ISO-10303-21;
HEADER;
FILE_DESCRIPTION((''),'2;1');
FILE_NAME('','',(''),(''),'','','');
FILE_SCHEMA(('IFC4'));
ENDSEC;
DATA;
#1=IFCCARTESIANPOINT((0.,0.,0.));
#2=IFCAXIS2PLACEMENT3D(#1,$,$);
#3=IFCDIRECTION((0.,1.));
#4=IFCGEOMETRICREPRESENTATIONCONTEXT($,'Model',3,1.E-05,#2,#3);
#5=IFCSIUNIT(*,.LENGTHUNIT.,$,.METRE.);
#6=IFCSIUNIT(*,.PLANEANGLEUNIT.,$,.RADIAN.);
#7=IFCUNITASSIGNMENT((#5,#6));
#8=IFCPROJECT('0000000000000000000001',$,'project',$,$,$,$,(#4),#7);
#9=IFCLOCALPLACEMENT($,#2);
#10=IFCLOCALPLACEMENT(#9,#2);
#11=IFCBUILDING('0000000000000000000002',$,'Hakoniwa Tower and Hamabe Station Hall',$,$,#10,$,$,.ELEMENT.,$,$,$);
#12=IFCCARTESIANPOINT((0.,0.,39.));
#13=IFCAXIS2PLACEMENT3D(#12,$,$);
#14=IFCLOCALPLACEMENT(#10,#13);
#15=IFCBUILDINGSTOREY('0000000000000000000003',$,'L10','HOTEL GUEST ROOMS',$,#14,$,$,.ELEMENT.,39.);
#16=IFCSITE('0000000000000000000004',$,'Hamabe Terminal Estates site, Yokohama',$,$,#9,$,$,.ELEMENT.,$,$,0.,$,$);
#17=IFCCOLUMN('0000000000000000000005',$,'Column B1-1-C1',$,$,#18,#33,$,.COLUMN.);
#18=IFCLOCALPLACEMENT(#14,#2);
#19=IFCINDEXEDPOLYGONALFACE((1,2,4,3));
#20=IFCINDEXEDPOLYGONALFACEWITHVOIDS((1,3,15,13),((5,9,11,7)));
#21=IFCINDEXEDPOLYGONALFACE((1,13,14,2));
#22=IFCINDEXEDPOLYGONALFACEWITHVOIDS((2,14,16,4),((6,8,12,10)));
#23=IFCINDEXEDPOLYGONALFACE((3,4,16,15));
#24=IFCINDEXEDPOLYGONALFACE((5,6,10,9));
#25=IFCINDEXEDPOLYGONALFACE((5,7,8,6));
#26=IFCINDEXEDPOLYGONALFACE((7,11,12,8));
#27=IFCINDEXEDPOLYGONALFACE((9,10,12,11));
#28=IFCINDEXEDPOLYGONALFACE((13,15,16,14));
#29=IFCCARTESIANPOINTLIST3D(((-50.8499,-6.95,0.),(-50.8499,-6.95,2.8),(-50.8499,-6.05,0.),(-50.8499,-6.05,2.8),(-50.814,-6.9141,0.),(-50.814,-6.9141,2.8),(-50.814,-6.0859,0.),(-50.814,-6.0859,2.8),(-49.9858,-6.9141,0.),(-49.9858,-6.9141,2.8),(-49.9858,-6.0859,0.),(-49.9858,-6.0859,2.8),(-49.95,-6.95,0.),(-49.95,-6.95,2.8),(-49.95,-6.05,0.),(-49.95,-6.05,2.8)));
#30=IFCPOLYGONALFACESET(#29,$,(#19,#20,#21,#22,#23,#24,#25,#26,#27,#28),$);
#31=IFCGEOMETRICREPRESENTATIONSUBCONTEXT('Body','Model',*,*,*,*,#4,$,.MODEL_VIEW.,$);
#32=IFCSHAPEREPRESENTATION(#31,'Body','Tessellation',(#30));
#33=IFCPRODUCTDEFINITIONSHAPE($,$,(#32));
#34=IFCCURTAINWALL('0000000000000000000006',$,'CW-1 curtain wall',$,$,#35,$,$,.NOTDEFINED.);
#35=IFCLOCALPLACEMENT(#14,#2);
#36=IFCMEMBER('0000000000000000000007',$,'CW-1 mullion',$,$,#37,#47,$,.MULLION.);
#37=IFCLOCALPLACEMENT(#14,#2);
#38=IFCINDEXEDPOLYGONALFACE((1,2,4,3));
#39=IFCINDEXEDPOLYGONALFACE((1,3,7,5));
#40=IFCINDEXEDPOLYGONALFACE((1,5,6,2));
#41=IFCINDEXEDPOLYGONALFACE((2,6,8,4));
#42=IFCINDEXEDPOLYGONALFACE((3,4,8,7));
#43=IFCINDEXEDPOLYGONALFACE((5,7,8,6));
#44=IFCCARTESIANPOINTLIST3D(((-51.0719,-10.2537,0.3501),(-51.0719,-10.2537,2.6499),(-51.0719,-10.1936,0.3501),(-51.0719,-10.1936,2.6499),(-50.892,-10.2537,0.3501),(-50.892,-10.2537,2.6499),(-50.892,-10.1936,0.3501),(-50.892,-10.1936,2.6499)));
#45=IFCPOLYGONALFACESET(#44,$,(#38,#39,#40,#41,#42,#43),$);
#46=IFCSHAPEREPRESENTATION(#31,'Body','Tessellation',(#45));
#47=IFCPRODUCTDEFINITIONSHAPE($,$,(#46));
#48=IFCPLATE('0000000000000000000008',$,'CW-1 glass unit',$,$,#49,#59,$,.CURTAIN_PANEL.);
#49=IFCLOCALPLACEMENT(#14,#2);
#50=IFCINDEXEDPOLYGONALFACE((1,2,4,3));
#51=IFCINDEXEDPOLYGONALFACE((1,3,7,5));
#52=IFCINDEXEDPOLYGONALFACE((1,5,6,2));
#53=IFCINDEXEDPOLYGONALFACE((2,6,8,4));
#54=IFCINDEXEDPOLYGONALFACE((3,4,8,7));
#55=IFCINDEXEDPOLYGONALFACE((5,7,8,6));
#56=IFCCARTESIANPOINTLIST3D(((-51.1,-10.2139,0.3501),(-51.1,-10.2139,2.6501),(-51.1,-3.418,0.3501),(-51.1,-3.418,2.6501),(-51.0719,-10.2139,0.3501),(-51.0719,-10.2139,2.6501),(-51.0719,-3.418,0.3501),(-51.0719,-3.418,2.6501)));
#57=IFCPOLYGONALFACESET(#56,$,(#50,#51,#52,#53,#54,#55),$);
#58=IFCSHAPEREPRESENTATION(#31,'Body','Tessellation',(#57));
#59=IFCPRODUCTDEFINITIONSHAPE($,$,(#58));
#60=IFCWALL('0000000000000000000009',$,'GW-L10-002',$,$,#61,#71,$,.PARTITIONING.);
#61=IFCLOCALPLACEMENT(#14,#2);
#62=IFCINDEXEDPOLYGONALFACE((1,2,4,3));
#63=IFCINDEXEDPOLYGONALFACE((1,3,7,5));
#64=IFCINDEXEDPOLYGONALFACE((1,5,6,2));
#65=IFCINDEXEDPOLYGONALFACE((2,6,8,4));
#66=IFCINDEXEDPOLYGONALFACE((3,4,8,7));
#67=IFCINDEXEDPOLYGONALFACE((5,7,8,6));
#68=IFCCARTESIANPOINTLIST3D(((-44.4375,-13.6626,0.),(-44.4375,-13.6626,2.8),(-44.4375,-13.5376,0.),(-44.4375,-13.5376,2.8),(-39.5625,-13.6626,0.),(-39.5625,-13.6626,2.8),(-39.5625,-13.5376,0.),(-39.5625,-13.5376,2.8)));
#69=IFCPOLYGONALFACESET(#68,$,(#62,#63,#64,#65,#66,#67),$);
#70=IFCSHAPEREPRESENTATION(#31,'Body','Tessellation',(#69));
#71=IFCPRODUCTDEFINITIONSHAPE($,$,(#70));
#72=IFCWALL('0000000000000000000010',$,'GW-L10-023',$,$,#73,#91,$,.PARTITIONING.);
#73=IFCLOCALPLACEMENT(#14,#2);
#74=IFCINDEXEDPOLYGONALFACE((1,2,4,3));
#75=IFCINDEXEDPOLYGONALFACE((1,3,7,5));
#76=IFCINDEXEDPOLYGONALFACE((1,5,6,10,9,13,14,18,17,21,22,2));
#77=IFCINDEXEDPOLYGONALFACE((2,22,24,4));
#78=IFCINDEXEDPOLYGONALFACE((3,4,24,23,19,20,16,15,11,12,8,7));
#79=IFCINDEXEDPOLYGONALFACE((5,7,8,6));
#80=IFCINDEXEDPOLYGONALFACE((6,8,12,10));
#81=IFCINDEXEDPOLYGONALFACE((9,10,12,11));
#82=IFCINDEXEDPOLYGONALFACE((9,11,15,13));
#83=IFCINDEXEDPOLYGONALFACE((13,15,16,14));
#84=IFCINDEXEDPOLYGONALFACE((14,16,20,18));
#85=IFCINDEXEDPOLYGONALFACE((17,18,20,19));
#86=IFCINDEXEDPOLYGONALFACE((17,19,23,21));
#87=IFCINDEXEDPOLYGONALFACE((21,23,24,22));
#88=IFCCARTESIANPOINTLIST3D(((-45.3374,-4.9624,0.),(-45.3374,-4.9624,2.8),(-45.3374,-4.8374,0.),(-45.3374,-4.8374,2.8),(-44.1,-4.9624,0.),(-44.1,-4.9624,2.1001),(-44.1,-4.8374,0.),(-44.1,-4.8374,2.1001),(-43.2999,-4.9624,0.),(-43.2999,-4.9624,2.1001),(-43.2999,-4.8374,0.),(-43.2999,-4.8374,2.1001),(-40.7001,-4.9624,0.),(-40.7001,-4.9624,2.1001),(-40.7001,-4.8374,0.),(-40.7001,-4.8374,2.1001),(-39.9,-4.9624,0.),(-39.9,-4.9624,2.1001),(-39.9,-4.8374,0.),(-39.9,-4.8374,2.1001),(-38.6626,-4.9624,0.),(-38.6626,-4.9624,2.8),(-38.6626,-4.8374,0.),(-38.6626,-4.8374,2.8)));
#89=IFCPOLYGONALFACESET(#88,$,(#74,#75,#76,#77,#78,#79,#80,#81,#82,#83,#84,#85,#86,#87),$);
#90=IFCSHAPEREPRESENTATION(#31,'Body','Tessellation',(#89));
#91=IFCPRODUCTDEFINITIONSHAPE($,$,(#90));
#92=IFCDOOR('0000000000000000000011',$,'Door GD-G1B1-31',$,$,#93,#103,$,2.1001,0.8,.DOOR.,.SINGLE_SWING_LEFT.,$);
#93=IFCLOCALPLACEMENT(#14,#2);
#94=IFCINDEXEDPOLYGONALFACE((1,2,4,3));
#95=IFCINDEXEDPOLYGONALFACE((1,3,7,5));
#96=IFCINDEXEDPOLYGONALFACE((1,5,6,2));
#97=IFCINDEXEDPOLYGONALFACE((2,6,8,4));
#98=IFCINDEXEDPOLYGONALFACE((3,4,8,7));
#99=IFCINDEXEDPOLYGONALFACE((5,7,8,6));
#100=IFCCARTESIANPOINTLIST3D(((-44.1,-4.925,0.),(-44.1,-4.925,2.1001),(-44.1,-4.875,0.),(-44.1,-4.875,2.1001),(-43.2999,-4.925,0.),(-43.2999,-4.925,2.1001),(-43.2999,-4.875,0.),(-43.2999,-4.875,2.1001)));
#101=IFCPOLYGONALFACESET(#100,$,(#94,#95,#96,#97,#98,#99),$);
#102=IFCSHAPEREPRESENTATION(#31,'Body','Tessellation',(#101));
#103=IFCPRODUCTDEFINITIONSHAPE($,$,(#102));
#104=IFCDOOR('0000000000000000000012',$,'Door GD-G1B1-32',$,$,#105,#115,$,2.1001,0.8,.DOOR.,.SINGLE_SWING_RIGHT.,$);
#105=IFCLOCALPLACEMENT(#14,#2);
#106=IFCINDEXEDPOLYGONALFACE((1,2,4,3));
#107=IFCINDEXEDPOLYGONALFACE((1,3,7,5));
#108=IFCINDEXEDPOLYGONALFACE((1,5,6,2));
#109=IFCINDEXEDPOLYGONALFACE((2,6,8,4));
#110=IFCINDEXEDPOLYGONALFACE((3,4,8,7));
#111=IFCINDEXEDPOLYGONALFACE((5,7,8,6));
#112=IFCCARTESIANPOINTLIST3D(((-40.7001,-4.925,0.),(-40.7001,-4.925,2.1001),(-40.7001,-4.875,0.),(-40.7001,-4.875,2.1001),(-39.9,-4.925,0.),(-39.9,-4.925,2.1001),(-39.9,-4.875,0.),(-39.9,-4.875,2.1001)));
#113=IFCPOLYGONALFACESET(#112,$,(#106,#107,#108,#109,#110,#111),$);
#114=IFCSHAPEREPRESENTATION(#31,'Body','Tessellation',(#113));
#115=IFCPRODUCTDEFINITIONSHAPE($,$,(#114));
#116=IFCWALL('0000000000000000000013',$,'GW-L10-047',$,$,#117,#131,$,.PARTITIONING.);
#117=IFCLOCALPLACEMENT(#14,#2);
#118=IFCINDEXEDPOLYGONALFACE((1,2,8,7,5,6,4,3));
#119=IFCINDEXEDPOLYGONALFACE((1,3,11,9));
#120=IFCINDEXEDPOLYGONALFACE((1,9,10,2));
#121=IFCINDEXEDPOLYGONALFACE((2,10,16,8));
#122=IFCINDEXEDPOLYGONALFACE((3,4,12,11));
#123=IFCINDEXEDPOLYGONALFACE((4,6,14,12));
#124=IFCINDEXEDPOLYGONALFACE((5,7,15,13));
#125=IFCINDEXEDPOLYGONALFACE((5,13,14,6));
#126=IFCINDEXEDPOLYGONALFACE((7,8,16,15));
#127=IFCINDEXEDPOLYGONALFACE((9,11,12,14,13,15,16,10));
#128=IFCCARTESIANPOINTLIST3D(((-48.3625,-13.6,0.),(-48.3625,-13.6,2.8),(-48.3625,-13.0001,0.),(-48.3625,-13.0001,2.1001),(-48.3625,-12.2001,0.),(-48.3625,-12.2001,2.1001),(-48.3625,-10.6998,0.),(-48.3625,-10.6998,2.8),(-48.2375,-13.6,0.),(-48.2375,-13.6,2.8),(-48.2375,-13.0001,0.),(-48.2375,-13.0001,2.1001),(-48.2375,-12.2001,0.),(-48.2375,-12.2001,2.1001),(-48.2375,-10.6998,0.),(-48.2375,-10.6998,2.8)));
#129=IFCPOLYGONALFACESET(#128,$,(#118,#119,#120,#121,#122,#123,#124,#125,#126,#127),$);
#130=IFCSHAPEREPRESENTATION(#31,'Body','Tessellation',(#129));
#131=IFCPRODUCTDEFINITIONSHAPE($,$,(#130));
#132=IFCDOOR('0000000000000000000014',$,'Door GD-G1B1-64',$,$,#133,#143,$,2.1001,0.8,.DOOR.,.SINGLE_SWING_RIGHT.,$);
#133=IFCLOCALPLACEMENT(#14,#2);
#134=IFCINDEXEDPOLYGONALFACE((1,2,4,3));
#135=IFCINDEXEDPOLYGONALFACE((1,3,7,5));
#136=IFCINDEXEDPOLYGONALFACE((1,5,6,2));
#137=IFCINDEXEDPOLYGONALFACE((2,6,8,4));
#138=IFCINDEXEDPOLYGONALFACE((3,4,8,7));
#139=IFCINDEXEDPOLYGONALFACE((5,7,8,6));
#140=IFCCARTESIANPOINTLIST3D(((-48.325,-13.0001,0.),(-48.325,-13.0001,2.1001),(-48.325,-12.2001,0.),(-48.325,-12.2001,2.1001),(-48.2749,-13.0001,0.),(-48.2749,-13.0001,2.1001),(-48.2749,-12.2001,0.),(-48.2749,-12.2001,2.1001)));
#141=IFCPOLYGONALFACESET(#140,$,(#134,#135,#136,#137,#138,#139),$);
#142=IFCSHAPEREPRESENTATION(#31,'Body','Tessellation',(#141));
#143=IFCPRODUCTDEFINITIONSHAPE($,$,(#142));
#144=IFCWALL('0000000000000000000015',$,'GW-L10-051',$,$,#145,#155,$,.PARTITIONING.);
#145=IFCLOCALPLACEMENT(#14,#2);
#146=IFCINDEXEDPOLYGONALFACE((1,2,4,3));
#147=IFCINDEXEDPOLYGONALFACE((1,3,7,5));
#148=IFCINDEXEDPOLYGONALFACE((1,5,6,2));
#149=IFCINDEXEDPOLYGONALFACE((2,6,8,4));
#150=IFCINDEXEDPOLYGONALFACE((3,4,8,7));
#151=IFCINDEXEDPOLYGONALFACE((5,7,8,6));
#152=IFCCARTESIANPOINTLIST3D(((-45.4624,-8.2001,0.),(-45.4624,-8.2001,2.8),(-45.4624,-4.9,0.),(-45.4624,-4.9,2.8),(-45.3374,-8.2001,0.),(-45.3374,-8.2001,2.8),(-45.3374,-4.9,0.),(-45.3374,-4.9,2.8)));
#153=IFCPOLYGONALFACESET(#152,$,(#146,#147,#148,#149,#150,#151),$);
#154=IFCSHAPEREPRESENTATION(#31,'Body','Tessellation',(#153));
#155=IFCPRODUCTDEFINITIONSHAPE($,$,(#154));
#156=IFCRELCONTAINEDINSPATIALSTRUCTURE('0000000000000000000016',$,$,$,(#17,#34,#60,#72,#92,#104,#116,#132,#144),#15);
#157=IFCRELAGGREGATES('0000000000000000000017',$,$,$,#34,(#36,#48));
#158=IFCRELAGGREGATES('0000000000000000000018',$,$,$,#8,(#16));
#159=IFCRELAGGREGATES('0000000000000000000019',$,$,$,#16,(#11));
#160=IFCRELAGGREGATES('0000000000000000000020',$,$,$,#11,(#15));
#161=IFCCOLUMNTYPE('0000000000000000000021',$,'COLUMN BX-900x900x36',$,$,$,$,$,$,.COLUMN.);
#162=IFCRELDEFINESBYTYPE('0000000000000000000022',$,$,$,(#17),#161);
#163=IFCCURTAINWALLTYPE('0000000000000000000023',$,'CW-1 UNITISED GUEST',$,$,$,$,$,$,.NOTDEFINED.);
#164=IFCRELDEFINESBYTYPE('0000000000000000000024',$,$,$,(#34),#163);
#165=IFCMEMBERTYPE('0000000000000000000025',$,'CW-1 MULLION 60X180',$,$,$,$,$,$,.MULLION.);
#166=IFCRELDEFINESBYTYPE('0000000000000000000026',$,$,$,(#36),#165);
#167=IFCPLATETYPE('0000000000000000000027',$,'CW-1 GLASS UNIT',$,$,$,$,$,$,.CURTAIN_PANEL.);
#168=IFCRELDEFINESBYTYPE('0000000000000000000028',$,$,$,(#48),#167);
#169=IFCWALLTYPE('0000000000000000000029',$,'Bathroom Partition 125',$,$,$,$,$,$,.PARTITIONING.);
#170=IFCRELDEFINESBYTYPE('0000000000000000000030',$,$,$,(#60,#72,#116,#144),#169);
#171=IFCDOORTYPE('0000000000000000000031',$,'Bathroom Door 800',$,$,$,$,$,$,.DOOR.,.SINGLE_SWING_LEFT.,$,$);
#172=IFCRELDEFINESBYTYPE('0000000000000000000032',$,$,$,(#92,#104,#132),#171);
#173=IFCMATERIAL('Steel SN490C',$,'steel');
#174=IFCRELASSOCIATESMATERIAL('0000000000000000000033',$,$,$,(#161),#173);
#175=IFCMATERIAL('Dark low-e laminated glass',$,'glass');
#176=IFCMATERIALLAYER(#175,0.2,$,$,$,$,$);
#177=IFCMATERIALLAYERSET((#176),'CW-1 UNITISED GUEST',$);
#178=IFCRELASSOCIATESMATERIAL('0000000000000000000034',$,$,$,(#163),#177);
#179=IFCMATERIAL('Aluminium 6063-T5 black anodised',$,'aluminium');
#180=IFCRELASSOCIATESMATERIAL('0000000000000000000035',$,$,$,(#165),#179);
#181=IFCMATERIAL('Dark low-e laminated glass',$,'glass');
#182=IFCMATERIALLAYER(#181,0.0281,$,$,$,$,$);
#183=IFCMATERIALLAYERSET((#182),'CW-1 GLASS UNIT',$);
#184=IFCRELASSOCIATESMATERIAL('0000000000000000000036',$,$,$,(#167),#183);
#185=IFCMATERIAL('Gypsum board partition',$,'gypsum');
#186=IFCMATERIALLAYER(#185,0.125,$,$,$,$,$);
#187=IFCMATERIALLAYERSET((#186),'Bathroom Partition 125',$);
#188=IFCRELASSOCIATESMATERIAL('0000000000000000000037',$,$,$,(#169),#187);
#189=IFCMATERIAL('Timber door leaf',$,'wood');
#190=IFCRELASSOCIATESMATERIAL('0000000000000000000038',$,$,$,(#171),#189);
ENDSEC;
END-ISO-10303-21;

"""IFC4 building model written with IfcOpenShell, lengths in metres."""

from ifc_helpers import new_model, si_unit, direction, frame, frame_2d, origin, origin_2d, place, context, subcontext, project, spatial, rectangle, hollow_rectangle, extrude, material, layer, layer_set, material_profile, profile_set, type_object, element, fill, aggregate, save


model = new_model("IFC4")

# Units and contexts
model_context = context("Model", 3, precision=1e-05, world=origin(), true_north=direction((0.0, 1.0)))
body_context = subcontext(model_context, "Body", "Model", "MODEL_VIEW")
ifc_project = project(units=[si_unit("LENGTHUNIT", "METRE"), si_unit("PLANEANGLEUNIT", "RADIAN")], contexts=[model_context])

# Site, building, storey
site_placement = place(None, origin())
site = spatial("IfcSite", under=ifc_project, at=site_placement, Name="Hamabe Terminal Estates site, Yokohama", CompositionType="ELEMENT", RefElevation=0.0)
building_placement = place(site_placement, origin())
building = spatial("IfcBuilding", under=site, at=building_placement, Name="Hakoniwa Tower and Hamabe Station Hall", CompositionType="ELEMENT")
storey_placement = place(building_placement, frame((0.0, 0.0, 39.0)))
storey = spatial("IfcBuildingStorey", under=building, at=storey_placement, Name="L10", Description="HOTEL GUEST ROOMS", CompositionType="ELEMENT", Elevation=39.0)

# Column
ifc_material_1 = material(Name="Steel SN490C", Category="steel")
ifc_material_profile_1 = material_profile(ifc_material_1, hollow_rectangle(XDim=0.8999, YDim=0.8999, WallThickness=0.0359, at=origin_2d()), Name="BX-900x900x36")
ifc_profile_set_1 = profile_set([ifc_material_profile_1], Name="Steel SN490C")
column_type = type_object("IfcColumnType", Name="COLUMN BX-900x900x36", PredefinedType="COLUMN", material=ifc_profile_set_1)
column_placement = place(storey_placement, frame((-50.3999, -6.5, 0.0), z_axis=(0.0, 0.0, 1.0), x_axis=(1.0, 0.0, 0.0)))
element("IfcColumn", 1, at=column_placement, inside=storey, type_object=column_type, Name="Column B1-1-C1", PredefinedType="COLUMN", context=body_context, shape_type="SweptSolid", body=[
    extrude(hollow_rectangle(XDim=0.8999, YDim=0.8999, WallThickness=0.0359, at=origin_2d()), origin(), (0.0, 0.0, 1.0), 2.8),
])

# Curtain wall, member, plate
ifc_material_2 = material(Name="Dark low-e laminated glass", Category="glass")
ifc_layer_1 = layer(ifc_material_2, 0.2)
ifc_layer_set_1 = layer_set([ifc_layer_1], Name="CW-1 UNITISED GUEST")
curtain_wall_type = type_object("IfcCurtainWallType", Name="CW-1 UNITISED GUEST", PredefinedType="NOTDEFINED", material=ifc_layer_set_1)
curtain_wall_placement = place(storey_placement, origin())
curtain_wall = element("IfcCurtainWall", 2, at=curtain_wall_placement, inside=storey, type_object=curtain_wall_type, Name="CW-1 curtain wall", PredefinedType="NOTDEFINED")
ifc_material_3 = material(Name="Aluminium 6063-T5 black anodised", Category="aluminium")
ifc_material_profile_2 = material_profile(ifc_material_3, rectangle(XDim=0.0601, YDim=0.1799, at=origin_2d()), Name="CW-1 MULLION 60X180")
ifc_profile_set_2 = profile_set([ifc_material_profile_2], Name="Aluminium 6063-T5 black anodised")
member_type = type_object("IfcMemberType", Name="CW-1 MULLION 60X180", PredefinedType="MULLION", material=ifc_profile_set_2)
member_placement = place(storey_placement, frame((-50.9819, -10.2236, 0.3501), z_axis=(0.0, 0.0, 1.0), x_axis=(0.0, -1.0, 0.0)))
member = element("IfcMember", 3, at=member_placement, type_object=member_type, Name="CW-1 mullion", PredefinedType="MULLION", context=body_context, shape_type="SweptSolid", body=[
    extrude(rectangle(XDim=0.0601, YDim=0.1799, at=origin_2d()), origin(), (0.0, 0.0, 1.0), 2.2998),
])
ifc_material_4 = material(Name="Dark low-e laminated glass", Category="glass")
ifc_layer_2 = layer(ifc_material_4, 0.0281)
ifc_layer_set_2 = layer_set([ifc_layer_2], Name="CW-1 GLASS UNIT")
plate_type = type_object("IfcPlateType", Name="CW-1 GLASS UNIT", PredefinedType="CURTAIN_PANEL", material=ifc_layer_set_2)
plate_placement = place(storey_placement, frame((-51.0859, -6.8159, 0.3501), z_axis=(0.0, 0.0, 1.0), x_axis=(0.0, -1.0, 0.0)))
plate = element("IfcPlate", 4, at=plate_placement, type_object=plate_type, Name="CW-1 glass unit", PredefinedType="CURTAIN_PANEL", context=body_context, shape_type="SweptSolid", body=[
    extrude(rectangle(XDim=6.7959, YDim=0.0281, at=origin_2d()), origin(), (0.0, 0.0, 1.0), 2.3),
])
aggregate(curtain_wall, [member, plate])

# Wall
ifc_material_5 = material(Name="Gypsum board partition", Category="gypsum")
ifc_layer_3 = layer(ifc_material_5, 0.125)
ifc_layer_set_3 = layer_set([ifc_layer_3], Name="Bathroom Partition 125")
wall_type_1 = type_object("IfcWallType", Name="Bathroom Partition 125", PredefinedType="PARTITIONING", material=ifc_layer_set_3)
wall_1_placement = place(storey_placement, frame((-44.4375, -13.6001, 0.0), z_axis=(0.0, 0.0, 1.0), x_axis=(1.0, 0.0, 0.0)))
element("IfcWall", 5, at=wall_1_placement, inside=storey, type_object=wall_type_1, Name="GW-L10-002", PredefinedType="PARTITIONING", context=body_context, shape_type="SweptSolid", body=[
    extrude(rectangle(XDim=4.875, YDim=0.125, at=frame_2d((2.4375, 0.0))), origin(), (0.0, 0.0, 1.0), 2.8),
])

# Wall, openings, doors
wall_2_placement = place(storey_placement, frame((-45.3374, -4.8999, 0.0), z_axis=(0.0, 0.0, 1.0), x_axis=(1.0, 0.0, 0.0)))
wall_2 = element("IfcWall", 6, at=wall_2_placement, inside=storey, type_object=wall_type_1, Name="GW-L10-023", PredefinedType="PARTITIONING", context=body_context, shape_type="SweptSolid", body=[
    extrude(rectangle(XDim=6.6748, YDim=0.125, at=frame_2d((3.3374, 0.0))), origin(), (0.0, 0.0, 1.0), 2.8),
])
opening_1_placement = place(wall_2_placement, frame((1.2375, 0.0, 0.0)))
opening_1 = element("IfcOpeningElement", 7, at=opening_1_placement, cuts=wall_2, PredefinedType="OPENING", context=body_context, shape_type="SweptSolid", body=[
    extrude(rectangle(XDim=0.8, YDim=2.1001, at=frame_2d((0.3999, 1.05))), frame((0.0, 0.0725, 0.0), z_axis=(0.0, -1.0, 0.0), x_axis=(1.0, 0.0, 0.0)), (0.0, 0.0, 1.0), 0.145),
])
opening_2_placement = place(wall_2_placement, frame((4.6375, 0.0, 0.0)))
opening_2 = element("IfcOpeningElement", 8, at=opening_2_placement, cuts=wall_2, PredefinedType="OPENING", context=body_context, shape_type="SweptSolid", body=[
    extrude(rectangle(XDim=0.8, YDim=2.1001, at=frame_2d((0.3999, 1.05))), frame((0.0, 0.0725, 0.0), z_axis=(0.0, -1.0, 0.0), x_axis=(1.0, 0.0, 0.0)), (0.0, 0.0, 1.0), 0.145),
])
ifc_material_6 = material(Name="Timber door leaf", Category="wood")
door_type_1 = type_object("IfcDoorType", Name="Bathroom Door 800", OperationType="SINGLE_SWING_LEFT", PredefinedType="DOOR", material=ifc_material_6)
door_1_placement = place(opening_1_placement, origin())
door_1 = element("IfcDoor", 9, at=door_1_placement, inside=storey, type_object=door_type_1, Name="Door GD-G1B1-31", OperationType="SINGLE_SWING_LEFT", OverallHeight=2.1001, OverallWidth=0.8, PredefinedType="DOOR", context=body_context, shape_type="SweptSolid", body=[
    extrude(rectangle(XDim=0.8, YDim=2.1001, at=frame_2d((0.3999, 1.05))), frame((0.0, 0.0249, 0.0), z_axis=(0.0, -1.0, 0.0), x_axis=(1.0, 0.0, 0.0)), (0.0, 0.0, 1.0), 0.05),
])
fill(opening_1, door_1)
door_2_placement = place(opening_2_placement, origin())
door_2 = element("IfcDoor", 10, at=door_2_placement, inside=storey, type_object=door_type_1, Name="Door GD-G1B1-32", OperationType="SINGLE_SWING_RIGHT", OverallHeight=2.1001, OverallWidth=0.8, PredefinedType="DOOR", context=body_context, shape_type="SweptSolid", body=[
    extrude(rectangle(XDim=0.8, YDim=2.1001, at=frame_2d((0.3999, 1.05))), frame((0.0, 0.0249, 0.0), z_axis=(0.0, -1.0, 0.0), x_axis=(1.0, 0.0, 0.0)), (0.0, 0.0, 1.0), 0.05),
])
fill(opening_2, door_2)

# Wall, opening, door
wall_3_placement = place(storey_placement, frame((-48.3, -13.6001, 0.0), z_axis=(0.0, 0.0, 1.0), x_axis=(0.0, 1.0, 0.0)))
wall_3 = element("IfcWall", 11, at=wall_3_placement, inside=storey, type_object=wall_type_1, Name="GW-L10-047", PredefinedType="PARTITIONING", context=body_context, shape_type="SweptSolid", body=[
    extrude(rectangle(XDim=2.9001, YDim=0.125, at=frame_2d((1.4502, 0.0))), origin(), (0.0, 0.0, 1.0), 2.8),
])
opening_3_placement = place(wall_3_placement, frame((0.6001, 0.0, 0.0)))
opening_3 = element("IfcOpeningElement", 12, at=opening_3_placement, cuts=wall_3, PredefinedType="OPENING", context=body_context, shape_type="SweptSolid", body=[
    extrude(rectangle(XDim=0.8, YDim=2.1001, at=frame_2d((0.3999, 1.05))), frame((0.0, 0.0725, 0.0), z_axis=(0.0, -1.0, 0.0), x_axis=(1.0, 0.0, 0.0)), (0.0, 0.0, 1.0), 0.145),
])
door_3_placement = place(opening_3_placement, origin())
door_3 = element("IfcDoor", 13, at=door_3_placement, inside=storey, type_object=door_type_1, Name="Door GD-G1B1-64", OperationType="SINGLE_SWING_RIGHT", OverallHeight=2.1001, OverallWidth=0.8, PredefinedType="DOOR", context=body_context, shape_type="SweptSolid", body=[
    extrude(rectangle(XDim=0.8, YDim=2.1001, at=frame_2d((0.3999, 1.05))), frame((0.0, 0.0249, 0.0), z_axis=(0.0, -1.0, 0.0), x_axis=(1.0, 0.0, 0.0)), (0.0, 0.0, 1.0), 0.05),
])
fill(opening_3, door_3)

# Wall
wall_4_placement = place(storey_placement, frame((-45.3999, -8.2, 0.0), z_axis=(0.0, 0.0, 1.0), x_axis=(0.0, 1.0, 0.0)))
element("IfcWall", 14, at=wall_4_placement, inside=storey, type_object=wall_type_1, Name="GW-L10-051", PredefinedType="PARTITIONING", context=body_context, shape_type="SweptSolid", body=[
    extrude(rectangle(XDim=3.3, YDim=0.125, at=frame_2d((1.6499, 0.0))), origin(), (0.0, 0.0, 1.0), 2.8),
])

save(model, "model.ifc")
